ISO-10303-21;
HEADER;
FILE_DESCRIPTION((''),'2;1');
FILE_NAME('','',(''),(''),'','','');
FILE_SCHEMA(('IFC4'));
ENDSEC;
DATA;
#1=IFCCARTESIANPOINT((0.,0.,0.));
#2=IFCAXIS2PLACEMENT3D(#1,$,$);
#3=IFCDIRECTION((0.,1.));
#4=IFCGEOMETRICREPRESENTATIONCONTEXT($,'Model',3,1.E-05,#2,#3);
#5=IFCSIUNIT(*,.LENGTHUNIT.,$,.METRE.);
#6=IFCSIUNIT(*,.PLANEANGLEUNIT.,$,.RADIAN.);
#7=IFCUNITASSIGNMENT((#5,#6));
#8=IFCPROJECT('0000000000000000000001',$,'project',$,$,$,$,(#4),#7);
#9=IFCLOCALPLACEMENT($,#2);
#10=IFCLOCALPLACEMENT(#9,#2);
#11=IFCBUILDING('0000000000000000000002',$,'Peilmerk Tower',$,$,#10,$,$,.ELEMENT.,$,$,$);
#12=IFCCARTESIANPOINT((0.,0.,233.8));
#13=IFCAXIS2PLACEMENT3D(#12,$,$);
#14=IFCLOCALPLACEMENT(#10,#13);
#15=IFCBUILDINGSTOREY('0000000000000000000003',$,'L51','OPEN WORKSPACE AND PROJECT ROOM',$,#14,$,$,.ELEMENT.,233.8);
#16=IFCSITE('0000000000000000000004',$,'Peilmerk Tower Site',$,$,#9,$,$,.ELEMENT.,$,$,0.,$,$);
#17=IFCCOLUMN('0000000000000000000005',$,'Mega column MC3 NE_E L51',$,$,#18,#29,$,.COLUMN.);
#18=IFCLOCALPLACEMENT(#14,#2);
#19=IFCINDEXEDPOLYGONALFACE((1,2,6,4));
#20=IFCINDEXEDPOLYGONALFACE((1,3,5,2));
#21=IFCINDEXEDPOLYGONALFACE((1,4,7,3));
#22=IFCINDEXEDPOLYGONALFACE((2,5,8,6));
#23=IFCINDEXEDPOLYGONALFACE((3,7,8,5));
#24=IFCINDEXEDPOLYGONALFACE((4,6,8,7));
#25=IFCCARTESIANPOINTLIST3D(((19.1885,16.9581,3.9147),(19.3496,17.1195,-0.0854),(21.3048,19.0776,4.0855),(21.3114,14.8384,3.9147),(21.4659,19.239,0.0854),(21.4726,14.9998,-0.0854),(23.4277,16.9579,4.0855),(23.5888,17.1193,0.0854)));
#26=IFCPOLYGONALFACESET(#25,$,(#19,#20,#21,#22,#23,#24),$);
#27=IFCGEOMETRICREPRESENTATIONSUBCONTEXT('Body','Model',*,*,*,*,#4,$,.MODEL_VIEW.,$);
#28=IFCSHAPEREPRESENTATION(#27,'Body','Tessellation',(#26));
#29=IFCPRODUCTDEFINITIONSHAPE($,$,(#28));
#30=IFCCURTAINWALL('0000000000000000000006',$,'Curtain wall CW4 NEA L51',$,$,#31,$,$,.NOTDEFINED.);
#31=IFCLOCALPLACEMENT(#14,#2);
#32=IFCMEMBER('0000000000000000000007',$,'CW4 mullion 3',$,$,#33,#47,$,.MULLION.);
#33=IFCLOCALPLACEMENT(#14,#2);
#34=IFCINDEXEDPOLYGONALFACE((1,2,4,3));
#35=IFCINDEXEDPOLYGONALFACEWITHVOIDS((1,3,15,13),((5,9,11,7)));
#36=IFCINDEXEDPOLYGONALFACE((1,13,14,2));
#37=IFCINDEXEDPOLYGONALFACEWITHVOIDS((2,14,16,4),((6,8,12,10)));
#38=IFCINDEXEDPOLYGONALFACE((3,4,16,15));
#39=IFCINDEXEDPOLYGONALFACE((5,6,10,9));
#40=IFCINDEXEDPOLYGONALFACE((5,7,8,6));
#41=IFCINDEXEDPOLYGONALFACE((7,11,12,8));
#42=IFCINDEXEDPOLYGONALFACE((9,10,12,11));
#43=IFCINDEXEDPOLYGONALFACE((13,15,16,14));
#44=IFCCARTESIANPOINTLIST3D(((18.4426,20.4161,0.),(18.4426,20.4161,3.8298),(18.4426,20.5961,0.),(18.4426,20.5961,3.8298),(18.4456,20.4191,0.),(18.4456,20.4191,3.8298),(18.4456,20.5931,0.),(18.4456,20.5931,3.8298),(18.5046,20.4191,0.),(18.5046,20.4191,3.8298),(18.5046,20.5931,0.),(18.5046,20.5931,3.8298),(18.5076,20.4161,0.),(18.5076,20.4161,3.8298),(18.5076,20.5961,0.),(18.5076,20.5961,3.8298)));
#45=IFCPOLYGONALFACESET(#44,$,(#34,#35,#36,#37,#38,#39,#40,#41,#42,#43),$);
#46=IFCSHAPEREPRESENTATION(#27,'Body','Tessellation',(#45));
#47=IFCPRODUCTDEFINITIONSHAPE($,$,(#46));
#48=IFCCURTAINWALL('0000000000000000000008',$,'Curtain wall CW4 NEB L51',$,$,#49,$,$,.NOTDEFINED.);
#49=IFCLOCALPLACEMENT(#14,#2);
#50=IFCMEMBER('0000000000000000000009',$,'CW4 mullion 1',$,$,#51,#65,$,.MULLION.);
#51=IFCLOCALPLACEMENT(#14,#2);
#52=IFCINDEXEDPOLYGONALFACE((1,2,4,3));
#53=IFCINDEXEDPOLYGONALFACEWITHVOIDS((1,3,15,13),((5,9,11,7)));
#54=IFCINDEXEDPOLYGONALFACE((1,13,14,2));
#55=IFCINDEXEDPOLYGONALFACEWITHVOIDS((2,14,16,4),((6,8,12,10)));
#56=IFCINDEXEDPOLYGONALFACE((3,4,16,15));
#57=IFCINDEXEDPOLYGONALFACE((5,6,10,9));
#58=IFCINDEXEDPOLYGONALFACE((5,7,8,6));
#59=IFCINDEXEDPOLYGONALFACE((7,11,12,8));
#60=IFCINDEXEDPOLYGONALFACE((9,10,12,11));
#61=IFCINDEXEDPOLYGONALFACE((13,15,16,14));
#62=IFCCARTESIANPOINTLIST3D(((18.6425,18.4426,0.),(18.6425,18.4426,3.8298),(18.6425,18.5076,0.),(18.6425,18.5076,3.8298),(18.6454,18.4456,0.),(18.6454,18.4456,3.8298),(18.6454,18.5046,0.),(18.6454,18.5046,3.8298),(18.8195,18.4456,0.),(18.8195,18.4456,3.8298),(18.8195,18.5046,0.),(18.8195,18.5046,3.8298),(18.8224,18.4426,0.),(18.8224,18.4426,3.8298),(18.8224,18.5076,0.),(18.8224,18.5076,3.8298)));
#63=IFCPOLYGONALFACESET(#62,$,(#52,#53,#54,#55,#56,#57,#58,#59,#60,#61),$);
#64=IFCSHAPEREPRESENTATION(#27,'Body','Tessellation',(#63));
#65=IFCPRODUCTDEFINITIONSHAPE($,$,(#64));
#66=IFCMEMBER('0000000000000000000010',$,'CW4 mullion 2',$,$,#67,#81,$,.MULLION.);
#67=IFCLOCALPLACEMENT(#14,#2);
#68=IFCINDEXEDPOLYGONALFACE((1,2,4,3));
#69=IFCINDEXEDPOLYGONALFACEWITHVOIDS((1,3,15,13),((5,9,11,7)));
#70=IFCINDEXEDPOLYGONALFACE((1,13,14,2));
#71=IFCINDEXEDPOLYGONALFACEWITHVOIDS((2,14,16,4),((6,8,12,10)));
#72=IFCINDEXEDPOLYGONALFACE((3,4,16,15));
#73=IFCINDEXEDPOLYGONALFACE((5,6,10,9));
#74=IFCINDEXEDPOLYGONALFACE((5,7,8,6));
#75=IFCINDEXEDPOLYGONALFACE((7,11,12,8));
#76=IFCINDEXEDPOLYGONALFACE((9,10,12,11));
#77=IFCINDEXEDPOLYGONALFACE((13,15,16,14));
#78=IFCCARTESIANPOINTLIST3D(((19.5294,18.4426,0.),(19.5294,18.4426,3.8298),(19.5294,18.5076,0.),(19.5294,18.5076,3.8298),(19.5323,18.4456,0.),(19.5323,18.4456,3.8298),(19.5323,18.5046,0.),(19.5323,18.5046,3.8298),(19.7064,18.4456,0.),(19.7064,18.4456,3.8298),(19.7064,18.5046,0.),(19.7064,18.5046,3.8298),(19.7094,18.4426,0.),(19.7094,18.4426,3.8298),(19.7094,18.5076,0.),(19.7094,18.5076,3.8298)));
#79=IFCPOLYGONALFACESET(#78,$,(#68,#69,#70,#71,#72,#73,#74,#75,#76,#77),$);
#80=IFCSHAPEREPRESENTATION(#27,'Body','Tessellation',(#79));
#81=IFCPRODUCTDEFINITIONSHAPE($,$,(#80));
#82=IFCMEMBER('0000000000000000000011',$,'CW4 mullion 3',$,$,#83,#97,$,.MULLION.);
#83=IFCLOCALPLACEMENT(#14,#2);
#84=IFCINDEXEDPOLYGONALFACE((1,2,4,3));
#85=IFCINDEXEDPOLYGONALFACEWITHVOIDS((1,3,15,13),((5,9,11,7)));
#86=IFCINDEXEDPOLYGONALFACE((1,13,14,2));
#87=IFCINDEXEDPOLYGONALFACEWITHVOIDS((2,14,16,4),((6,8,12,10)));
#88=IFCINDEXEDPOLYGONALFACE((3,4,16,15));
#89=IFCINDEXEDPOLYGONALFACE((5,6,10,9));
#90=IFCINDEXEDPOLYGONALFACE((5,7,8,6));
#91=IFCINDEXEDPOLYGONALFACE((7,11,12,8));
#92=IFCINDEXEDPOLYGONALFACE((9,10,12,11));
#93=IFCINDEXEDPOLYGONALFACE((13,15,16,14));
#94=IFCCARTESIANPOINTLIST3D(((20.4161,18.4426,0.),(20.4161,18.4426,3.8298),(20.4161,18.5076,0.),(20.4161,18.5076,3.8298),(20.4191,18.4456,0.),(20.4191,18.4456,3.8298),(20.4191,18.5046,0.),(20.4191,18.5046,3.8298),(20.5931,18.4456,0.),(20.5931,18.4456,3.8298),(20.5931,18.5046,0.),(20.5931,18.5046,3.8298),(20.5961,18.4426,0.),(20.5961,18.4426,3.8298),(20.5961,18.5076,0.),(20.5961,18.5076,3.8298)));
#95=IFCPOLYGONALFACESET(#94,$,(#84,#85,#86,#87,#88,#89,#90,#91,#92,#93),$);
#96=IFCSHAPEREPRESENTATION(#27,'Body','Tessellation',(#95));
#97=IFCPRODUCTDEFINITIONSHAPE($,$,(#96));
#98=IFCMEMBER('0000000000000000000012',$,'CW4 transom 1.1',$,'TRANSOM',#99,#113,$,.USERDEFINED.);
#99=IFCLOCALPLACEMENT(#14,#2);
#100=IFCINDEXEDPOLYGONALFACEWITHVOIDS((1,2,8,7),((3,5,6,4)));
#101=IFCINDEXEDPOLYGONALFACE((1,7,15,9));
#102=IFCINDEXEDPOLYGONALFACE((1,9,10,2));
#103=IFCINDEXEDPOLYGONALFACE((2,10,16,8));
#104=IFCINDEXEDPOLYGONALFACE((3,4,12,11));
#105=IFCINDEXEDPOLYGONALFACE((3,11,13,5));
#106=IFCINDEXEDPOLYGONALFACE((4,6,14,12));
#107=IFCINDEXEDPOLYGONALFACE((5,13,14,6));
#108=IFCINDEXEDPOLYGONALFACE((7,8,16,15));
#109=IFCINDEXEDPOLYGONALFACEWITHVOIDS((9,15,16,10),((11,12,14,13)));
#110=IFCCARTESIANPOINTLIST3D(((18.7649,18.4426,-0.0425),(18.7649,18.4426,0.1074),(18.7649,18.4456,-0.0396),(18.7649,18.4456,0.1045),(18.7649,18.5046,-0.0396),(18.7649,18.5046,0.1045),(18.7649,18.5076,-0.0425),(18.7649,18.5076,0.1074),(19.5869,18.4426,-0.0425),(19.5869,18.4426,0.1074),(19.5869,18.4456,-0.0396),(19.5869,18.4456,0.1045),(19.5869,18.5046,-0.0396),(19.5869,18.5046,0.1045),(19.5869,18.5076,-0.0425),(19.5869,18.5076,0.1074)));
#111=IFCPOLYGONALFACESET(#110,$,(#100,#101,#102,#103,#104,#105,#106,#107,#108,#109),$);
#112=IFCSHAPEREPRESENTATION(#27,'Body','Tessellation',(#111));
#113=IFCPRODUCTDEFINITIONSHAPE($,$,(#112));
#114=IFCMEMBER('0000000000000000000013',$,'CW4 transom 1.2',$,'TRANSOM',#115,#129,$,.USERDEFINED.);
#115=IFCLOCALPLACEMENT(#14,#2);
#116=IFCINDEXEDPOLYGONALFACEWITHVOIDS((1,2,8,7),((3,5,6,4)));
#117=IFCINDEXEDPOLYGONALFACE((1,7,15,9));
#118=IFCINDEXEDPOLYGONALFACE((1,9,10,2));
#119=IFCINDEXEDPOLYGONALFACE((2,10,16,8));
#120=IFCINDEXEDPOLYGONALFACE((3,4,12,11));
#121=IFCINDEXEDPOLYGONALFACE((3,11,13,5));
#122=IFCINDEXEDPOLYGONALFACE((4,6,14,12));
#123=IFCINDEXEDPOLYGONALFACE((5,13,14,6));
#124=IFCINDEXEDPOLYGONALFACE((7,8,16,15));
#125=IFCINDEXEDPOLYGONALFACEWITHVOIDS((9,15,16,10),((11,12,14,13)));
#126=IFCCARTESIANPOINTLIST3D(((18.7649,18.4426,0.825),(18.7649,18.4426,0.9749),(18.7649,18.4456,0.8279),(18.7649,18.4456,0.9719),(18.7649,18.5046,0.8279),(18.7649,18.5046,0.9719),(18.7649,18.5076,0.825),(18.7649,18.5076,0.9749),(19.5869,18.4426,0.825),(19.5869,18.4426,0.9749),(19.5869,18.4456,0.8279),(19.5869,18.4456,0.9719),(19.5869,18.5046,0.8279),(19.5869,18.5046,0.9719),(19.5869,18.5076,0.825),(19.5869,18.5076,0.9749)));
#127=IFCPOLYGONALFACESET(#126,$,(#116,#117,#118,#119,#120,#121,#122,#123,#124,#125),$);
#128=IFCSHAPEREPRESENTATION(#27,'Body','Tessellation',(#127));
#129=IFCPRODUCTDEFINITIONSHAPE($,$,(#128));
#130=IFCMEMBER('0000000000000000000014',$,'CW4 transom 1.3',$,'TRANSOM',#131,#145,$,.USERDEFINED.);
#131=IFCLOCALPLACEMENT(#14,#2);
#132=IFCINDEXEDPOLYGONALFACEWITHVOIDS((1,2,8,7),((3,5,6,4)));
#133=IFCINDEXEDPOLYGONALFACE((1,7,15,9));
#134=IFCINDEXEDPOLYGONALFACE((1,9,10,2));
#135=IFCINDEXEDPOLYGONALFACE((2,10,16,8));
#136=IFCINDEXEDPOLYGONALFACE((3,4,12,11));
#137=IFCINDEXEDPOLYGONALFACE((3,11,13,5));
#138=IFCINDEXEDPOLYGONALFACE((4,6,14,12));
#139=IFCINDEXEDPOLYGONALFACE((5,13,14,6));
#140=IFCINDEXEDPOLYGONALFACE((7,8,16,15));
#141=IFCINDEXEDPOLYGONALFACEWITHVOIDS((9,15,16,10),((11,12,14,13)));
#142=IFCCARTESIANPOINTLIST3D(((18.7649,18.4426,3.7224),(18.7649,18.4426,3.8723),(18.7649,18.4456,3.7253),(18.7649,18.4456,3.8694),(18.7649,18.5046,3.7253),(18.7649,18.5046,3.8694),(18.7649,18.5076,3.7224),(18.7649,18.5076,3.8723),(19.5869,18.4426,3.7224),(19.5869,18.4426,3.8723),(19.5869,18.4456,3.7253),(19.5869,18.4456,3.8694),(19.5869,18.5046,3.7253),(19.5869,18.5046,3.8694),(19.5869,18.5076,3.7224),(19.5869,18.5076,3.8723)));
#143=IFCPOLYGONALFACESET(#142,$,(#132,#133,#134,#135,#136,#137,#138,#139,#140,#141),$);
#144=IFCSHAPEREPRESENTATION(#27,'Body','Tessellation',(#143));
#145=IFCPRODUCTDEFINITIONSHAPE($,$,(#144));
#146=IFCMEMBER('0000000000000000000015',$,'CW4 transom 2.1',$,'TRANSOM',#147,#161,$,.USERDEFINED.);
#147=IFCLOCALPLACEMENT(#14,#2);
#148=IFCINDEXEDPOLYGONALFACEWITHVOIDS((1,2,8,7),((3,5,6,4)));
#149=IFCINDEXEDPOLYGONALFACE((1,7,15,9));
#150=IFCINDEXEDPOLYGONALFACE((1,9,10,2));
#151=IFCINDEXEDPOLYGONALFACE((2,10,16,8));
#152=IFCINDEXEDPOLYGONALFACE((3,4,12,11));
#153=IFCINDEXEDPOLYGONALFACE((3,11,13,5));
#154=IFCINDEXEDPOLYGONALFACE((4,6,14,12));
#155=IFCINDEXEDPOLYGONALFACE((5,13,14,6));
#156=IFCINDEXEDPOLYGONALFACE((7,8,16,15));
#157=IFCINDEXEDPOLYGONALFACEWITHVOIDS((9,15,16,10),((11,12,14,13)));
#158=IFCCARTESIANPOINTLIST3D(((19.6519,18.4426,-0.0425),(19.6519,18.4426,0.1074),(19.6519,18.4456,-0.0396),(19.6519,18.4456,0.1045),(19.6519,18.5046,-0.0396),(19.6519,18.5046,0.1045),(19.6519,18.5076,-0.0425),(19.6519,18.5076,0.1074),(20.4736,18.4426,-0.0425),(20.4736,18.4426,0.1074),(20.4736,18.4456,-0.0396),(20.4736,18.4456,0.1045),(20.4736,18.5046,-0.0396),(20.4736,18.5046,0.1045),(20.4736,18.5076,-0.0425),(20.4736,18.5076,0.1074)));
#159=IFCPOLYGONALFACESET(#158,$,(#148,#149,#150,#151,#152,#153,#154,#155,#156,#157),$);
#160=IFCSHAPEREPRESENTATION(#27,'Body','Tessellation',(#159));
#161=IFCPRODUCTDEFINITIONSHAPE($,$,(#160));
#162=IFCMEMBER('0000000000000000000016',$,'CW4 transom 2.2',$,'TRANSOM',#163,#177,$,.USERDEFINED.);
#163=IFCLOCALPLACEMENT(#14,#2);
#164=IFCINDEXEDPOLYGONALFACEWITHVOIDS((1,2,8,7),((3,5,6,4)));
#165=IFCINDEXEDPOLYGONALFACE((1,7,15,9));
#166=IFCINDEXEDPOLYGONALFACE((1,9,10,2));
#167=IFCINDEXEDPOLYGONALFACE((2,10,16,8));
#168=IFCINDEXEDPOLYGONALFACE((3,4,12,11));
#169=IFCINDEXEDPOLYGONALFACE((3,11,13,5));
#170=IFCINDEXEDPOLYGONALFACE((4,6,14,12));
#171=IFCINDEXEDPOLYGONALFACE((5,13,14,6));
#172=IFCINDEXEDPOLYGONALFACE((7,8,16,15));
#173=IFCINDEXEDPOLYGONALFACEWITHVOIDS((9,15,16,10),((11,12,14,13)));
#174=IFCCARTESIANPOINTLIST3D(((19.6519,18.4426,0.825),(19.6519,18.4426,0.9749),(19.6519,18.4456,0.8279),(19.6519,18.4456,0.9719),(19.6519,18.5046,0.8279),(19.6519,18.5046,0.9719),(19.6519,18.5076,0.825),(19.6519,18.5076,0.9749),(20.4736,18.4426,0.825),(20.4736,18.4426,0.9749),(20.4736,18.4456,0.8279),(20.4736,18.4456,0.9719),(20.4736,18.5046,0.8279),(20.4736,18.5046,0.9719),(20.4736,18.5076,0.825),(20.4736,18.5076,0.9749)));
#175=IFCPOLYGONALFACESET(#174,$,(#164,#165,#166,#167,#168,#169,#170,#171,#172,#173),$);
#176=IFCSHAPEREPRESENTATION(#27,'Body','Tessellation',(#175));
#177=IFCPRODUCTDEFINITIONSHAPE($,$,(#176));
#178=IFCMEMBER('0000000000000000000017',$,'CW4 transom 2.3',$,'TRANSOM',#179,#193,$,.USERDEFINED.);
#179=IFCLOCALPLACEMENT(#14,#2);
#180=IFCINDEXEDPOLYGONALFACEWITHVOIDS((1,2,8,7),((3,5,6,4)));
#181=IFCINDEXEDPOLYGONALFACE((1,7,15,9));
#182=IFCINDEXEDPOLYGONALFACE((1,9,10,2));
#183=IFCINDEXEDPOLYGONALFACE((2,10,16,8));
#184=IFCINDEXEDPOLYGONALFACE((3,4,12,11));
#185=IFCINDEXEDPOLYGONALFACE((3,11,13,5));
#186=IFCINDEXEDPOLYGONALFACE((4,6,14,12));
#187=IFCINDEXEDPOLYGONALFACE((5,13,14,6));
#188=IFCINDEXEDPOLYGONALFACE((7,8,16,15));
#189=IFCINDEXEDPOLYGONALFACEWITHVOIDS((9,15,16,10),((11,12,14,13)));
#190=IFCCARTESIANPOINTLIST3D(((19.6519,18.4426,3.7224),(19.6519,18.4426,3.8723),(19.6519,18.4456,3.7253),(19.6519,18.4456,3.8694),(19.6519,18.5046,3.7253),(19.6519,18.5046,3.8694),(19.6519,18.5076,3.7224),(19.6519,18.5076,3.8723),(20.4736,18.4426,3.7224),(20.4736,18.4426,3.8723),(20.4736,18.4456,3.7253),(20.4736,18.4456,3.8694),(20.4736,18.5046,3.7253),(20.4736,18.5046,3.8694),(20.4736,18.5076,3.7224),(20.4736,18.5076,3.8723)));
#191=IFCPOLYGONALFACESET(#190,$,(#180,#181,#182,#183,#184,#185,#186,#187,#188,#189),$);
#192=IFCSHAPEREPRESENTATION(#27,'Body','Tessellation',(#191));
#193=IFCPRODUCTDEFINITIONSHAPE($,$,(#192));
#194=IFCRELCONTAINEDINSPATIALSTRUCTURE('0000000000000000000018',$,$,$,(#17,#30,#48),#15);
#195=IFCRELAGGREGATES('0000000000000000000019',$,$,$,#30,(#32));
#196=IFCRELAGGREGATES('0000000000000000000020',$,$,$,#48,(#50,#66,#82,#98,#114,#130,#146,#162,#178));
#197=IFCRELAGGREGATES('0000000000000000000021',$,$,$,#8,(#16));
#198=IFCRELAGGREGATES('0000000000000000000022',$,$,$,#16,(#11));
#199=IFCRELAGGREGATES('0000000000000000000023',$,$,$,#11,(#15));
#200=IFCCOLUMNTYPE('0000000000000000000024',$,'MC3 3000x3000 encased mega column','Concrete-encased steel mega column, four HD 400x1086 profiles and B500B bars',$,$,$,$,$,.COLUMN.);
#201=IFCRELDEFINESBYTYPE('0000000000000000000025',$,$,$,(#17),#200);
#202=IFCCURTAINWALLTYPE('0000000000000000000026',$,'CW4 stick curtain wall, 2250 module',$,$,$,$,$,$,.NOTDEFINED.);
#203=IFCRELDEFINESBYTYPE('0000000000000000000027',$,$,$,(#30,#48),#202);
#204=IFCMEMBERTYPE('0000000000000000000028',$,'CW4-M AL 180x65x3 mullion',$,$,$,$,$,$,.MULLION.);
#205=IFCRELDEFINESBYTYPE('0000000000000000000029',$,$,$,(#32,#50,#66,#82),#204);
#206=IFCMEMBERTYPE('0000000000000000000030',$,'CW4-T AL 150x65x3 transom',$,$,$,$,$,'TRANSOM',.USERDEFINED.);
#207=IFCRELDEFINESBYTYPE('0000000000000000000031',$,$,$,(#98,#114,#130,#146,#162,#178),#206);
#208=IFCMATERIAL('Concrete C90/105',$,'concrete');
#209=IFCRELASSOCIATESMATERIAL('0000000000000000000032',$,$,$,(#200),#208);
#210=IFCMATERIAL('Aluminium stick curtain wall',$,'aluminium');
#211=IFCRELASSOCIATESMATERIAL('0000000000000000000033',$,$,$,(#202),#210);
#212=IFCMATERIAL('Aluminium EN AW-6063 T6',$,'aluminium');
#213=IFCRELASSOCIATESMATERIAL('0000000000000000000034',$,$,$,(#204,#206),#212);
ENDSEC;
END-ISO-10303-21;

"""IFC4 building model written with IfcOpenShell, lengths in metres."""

from ifc_helpers import new_model, si_unit, direction, frame, origin, origin_2d, place, context, subcontext, project, spatial, rectangle, hollow_rectangle, extrude, material, material_profile, profile_set, type_object, element, aggregate, save


model = new_model("IFC4")

# Units and contexts
model_context = context("Model", 3, precision=1e-05, world=origin(), true_north=direction((0.0, 1.0)))
body_context = subcontext(model_context, "Body", "Model", "MODEL_VIEW")
ifc_project = project(units=[si_unit("LENGTHUNIT", "METRE"), si_unit("PLANEANGLEUNIT", "RADIAN")], contexts=[model_context])

# Site, building, storey
site_placement = place(None, origin())
site = spatial("IfcSite", under=ifc_project, at=site_placement, Name="Peilmerk Tower Site", CompositionType="ELEMENT", RefElevation=0.0)
building_placement = place(site_placement, origin())
building = spatial("IfcBuilding", under=site, at=building_placement, Name="Peilmerk Tower", CompositionType="ELEMENT")
storey_placement = place(building_placement, frame((0.0, 0.0, 233.8)))
storey = spatial("IfcBuildingStorey", under=building, at=storey_placement, Name="L51", Description="OPEN WORKSPACE AND PROJECT ROOM", CompositionType="ELEMENT", Elevation=233.8)

# Column
ifc_material_1 = material(Name="Concrete C90/105", Category="concrete")
ifc_material_profile_1 = material_profile(ifc_material_1, rectangle(XDim=3.0, YDim=3.0, at=origin_2d()), Name="RC 3000x3000")
ifc_profile_set_1 = profile_set([ifc_material_profile_1], Name="Concrete C90/105")
column_type = type_object("IfcColumnType", Name="MC3 3000x3000 encased mega column", Description="Concrete-encased steel mega column, four HD 400x1086 profiles and B500B bars", PredefinedType="COLUMN", material=ifc_profile_set_1)
column_placement = place(storey_placement, frame((21.4692, 17.1194, 0.0), z_axis=(-0.040218, -0.040279, 0.998379), x_axis=(0.707642, -0.706571, 0.0)))
element("IfcColumn", 1, at=column_placement, inside=storey, type_object=column_type, Name="Mega column MC3 NE_E L51", PredefinedType="COLUMN", context=body_context, shape_type="SweptSolid", body=[
    extrude(rectangle(XDim=3.0, YDim=3.0, at=origin_2d()), origin(), (0.0, 0.0, 1.0), 4.0066),
])

# Curtain wall, member
ifc_material_2 = material(Name="Aluminium stick curtain wall", Category="aluminium")
curtain_wall_type = type_object("IfcCurtainWallType", Name="CW4 stick curtain wall, 2250 module", PredefinedType="NOTDEFINED", material=ifc_material_2)
curtain_wall_1_placement = place(storey_placement, origin())
curtain_wall_1 = element("IfcCurtainWall", 2, at=curtain_wall_1_placement, inside=storey, type_object=curtain_wall_type, Name="Curtain wall CW4 NEA L51", PredefinedType="NOTDEFINED")
ifc_material_3 = material(Name="Aluminium EN AW-6063 T6", Category="aluminium")
ifc_material_profile_2 = material_profile(ifc_material_3, hollow_rectangle(XDim=0.0649, YDim=0.1799, WallThickness=0.0029, at=origin_2d()), Name="AL 180x65x3")
ifc_profile_set_2 = profile_set([ifc_material_profile_2], Name="Aluminium EN AW-6063 T6")
member_type_1 = type_object("IfcMemberType", Name="CW4-M AL 180x65x3 mullion", PredefinedType="MULLION", material=ifc_profile_set_2)
member_1_placement = place(storey_placement, frame((18.4751, 20.5061, 0.0), z_axis=(0.0, 0.0, 1.0), x_axis=(-1.0, 0.0, 0.0)))
member_1 = element("IfcMember", 3, at=member_1_placement, type_object=member_type_1, Name="CW4 mullion 3", PredefinedType="MULLION", context=body_context, shape_type="SweptSolid", body=[
    extrude(hollow_rectangle(XDim=0.0649, YDim=0.1799, WallThickness=0.0029, at=origin_2d()), origin(), (0.0, 0.0, 1.0), 3.8298),
])

# Curtain wall, members
curtain_wall_2_placement = place(storey_placement, origin())
curtain_wall_2 = element("IfcCurtainWall", 4, at=curtain_wall_2_placement, inside=storey, type_object=curtain_wall_type, Name="Curtain wall CW4 NEB L51", PredefinedType="NOTDEFINED")
member_2_placement = place(storey_placement, frame((18.7324, 18.4751, 0.0), z_axis=(0.0, 0.0, 1.0), x_axis=(0.0, 1.0, 0.0)))
member_2 = element("IfcMember", 5, at=member_2_placement, type_object=member_type_1, Name="CW4 mullion 1", PredefinedType="MULLION", context=body_context, shape_type="SweptSolid", body=[
    extrude(hollow_rectangle(XDim=0.0649, YDim=0.1799, WallThickness=0.0029, at=origin_2d()), origin(), (0.0, 0.0, 1.0), 3.8298),
])
member_3_placement = place(storey_placement, frame((19.6194, 18.4751, 0.0), z_axis=(0.0, 0.0, 1.0), x_axis=(0.0, 1.0, 0.0)))
member_3 = element("IfcMember", 6, at=member_3_placement, type_object=member_type_1, Name="CW4 mullion 2", PredefinedType="MULLION", context=body_context, shape_type="SweptSolid", body=[
    extrude(hollow_rectangle(XDim=0.0649, YDim=0.1799, WallThickness=0.0029, at=origin_2d()), origin(), (0.0, 0.0, 1.0), 3.8298),
])
member_4_placement = place(storey_placement, frame((20.5061, 18.4751, 0.0), z_axis=(0.0, 0.0, 1.0), x_axis=(0.0, 1.0, 0.0)))
member_4 = element("IfcMember", 7, at=member_4_placement, type_object=member_type_1, Name="CW4 mullion 3", PredefinedType="MULLION", context=body_context, shape_type="SweptSolid", body=[
    extrude(hollow_rectangle(XDim=0.0649, YDim=0.1799, WallThickness=0.0029, at=origin_2d()), origin(), (0.0, 0.0, 1.0), 3.8298),
])
ifc_material_profile_3 = material_profile(ifc_material_3, hollow_rectangle(XDim=0.0649, YDim=0.1499, WallThickness=0.0029, at=origin_2d()), Name="AL 150x65x3")
ifc_profile_set_3 = profile_set([ifc_material_profile_3], Name="Aluminium EN AW-6063 T6")
member_type_2 = type_object("IfcMemberType", Name="CW4-T AL 150x65x3 transom", ElementType="TRANSOM", PredefinedType="USERDEFINED", material=ifc_profile_set_3)
member_5_placement = place(storey_placement, frame((18.7649, 18.4751, 0.0325), z_axis=(1.0, 0.0, 0.0), x_axis=(0.0, 1.0, 0.0)))
member_5 = element("IfcMember", 8, at=member_5_placement, type_object=member_type_2, Name="CW4 transom 1.1", ObjectType="TRANSOM", PredefinedType="USERDEFINED", context=body_context, shape_type="SweptSolid", body=[
    extrude(hollow_rectangle(XDim=0.0649, YDim=0.1499, WallThickness=0.0029, at=origin_2d()), origin(), (0.0, 0.0, 1.0), 0.822),
])
member_6_placement = place(storey_placement, frame((18.7649, 18.4751, 0.8999), z_axis=(1.0, 0.0, 0.0), x_axis=(0.0, 1.0, 0.0)))
member_6 = element("IfcMember", 9, at=member_6_placement, type_object=member_type_2, Name="CW4 transom 1.2", ObjectType="TRANSOM", PredefinedType="USERDEFINED", context=body_context, shape_type="SweptSolid", body=[
    extrude(hollow_rectangle(XDim=0.0649, YDim=0.1499, WallThickness=0.0029, at=origin_2d()), origin(), (0.0, 0.0, 1.0), 0.822),
])
member_7_placement = place(storey_placement, frame((18.7649, 18.4751, 3.7974), z_axis=(1.0, 0.0, 0.0), x_axis=(0.0, 1.0, 0.0)))
member_7 = element("IfcMember", 10, at=member_7_placement, type_object=member_type_2, Name="CW4 transom 1.3", ObjectType="TRANSOM", PredefinedType="USERDEFINED", context=body_context, shape_type="SweptSolid", body=[
    extrude(hollow_rectangle(XDim=0.0649, YDim=0.1499, WallThickness=0.0029, at=origin_2d()), origin(), (0.0, 0.0, 1.0), 0.822),
])
member_8_placement = place(storey_placement, frame((19.6519, 18.4751, 0.0325), z_axis=(1.0, 0.0, 0.0), x_axis=(0.0, 1.0, 0.0)))
member_8 = element("IfcMember", 11, at=member_8_placement, type_object=member_type_2, Name="CW4 transom 2.1", ObjectType="TRANSOM", PredefinedType="USERDEFINED", context=body_context, shape_type="SweptSolid", body=[
    extrude(hollow_rectangle(XDim=0.0649, YDim=0.1499, WallThickness=0.0029, at=origin_2d()), origin(), (0.0, 0.0, 1.0), 0.8218),
])
member_9_placement = place(storey_placement, frame((19.6519, 18.4751, 0.8999), z_axis=(1.0, 0.0, 0.0), x_axis=(0.0, 1.0, 0.0)))
member_9 = element("IfcMember", 12, at=member_9_placement, type_object=member_type_2, Name="CW4 transom 2.2", ObjectType="TRANSOM", PredefinedType="USERDEFINED", context=body_context, shape_type="SweptSolid", body=[
    extrude(hollow_rectangle(XDim=0.0649, YDim=0.1499, WallThickness=0.0029, at=origin_2d()), origin(), (0.0, 0.0, 1.0), 0.8218),
])
member_10_placement = place(storey_placement, frame((19.6519, 18.4751, 3.7974), z_axis=(1.0, 0.0, 0.0), x_axis=(0.0, 1.0, 0.0)))
member_10 = element("IfcMember", 13, at=member_10_placement, type_object=member_type_2, Name="CW4 transom 2.3", ObjectType="TRANSOM", PredefinedType="USERDEFINED", context=body_context, shape_type="SweptSolid", body=[
    extrude(hollow_rectangle(XDim=0.0649, YDim=0.1499, WallThickness=0.0029, at=origin_2d()), origin(), (0.0, 0.0, 1.0), 0.8218),
])

aggregate(curtain_wall_1, [member_1])
aggregate(curtain_wall_2, [member_2, member_3, member_4, member_5, member_6, member_7, member_8, member_9, member_10])

save(model, "model.ifc")
